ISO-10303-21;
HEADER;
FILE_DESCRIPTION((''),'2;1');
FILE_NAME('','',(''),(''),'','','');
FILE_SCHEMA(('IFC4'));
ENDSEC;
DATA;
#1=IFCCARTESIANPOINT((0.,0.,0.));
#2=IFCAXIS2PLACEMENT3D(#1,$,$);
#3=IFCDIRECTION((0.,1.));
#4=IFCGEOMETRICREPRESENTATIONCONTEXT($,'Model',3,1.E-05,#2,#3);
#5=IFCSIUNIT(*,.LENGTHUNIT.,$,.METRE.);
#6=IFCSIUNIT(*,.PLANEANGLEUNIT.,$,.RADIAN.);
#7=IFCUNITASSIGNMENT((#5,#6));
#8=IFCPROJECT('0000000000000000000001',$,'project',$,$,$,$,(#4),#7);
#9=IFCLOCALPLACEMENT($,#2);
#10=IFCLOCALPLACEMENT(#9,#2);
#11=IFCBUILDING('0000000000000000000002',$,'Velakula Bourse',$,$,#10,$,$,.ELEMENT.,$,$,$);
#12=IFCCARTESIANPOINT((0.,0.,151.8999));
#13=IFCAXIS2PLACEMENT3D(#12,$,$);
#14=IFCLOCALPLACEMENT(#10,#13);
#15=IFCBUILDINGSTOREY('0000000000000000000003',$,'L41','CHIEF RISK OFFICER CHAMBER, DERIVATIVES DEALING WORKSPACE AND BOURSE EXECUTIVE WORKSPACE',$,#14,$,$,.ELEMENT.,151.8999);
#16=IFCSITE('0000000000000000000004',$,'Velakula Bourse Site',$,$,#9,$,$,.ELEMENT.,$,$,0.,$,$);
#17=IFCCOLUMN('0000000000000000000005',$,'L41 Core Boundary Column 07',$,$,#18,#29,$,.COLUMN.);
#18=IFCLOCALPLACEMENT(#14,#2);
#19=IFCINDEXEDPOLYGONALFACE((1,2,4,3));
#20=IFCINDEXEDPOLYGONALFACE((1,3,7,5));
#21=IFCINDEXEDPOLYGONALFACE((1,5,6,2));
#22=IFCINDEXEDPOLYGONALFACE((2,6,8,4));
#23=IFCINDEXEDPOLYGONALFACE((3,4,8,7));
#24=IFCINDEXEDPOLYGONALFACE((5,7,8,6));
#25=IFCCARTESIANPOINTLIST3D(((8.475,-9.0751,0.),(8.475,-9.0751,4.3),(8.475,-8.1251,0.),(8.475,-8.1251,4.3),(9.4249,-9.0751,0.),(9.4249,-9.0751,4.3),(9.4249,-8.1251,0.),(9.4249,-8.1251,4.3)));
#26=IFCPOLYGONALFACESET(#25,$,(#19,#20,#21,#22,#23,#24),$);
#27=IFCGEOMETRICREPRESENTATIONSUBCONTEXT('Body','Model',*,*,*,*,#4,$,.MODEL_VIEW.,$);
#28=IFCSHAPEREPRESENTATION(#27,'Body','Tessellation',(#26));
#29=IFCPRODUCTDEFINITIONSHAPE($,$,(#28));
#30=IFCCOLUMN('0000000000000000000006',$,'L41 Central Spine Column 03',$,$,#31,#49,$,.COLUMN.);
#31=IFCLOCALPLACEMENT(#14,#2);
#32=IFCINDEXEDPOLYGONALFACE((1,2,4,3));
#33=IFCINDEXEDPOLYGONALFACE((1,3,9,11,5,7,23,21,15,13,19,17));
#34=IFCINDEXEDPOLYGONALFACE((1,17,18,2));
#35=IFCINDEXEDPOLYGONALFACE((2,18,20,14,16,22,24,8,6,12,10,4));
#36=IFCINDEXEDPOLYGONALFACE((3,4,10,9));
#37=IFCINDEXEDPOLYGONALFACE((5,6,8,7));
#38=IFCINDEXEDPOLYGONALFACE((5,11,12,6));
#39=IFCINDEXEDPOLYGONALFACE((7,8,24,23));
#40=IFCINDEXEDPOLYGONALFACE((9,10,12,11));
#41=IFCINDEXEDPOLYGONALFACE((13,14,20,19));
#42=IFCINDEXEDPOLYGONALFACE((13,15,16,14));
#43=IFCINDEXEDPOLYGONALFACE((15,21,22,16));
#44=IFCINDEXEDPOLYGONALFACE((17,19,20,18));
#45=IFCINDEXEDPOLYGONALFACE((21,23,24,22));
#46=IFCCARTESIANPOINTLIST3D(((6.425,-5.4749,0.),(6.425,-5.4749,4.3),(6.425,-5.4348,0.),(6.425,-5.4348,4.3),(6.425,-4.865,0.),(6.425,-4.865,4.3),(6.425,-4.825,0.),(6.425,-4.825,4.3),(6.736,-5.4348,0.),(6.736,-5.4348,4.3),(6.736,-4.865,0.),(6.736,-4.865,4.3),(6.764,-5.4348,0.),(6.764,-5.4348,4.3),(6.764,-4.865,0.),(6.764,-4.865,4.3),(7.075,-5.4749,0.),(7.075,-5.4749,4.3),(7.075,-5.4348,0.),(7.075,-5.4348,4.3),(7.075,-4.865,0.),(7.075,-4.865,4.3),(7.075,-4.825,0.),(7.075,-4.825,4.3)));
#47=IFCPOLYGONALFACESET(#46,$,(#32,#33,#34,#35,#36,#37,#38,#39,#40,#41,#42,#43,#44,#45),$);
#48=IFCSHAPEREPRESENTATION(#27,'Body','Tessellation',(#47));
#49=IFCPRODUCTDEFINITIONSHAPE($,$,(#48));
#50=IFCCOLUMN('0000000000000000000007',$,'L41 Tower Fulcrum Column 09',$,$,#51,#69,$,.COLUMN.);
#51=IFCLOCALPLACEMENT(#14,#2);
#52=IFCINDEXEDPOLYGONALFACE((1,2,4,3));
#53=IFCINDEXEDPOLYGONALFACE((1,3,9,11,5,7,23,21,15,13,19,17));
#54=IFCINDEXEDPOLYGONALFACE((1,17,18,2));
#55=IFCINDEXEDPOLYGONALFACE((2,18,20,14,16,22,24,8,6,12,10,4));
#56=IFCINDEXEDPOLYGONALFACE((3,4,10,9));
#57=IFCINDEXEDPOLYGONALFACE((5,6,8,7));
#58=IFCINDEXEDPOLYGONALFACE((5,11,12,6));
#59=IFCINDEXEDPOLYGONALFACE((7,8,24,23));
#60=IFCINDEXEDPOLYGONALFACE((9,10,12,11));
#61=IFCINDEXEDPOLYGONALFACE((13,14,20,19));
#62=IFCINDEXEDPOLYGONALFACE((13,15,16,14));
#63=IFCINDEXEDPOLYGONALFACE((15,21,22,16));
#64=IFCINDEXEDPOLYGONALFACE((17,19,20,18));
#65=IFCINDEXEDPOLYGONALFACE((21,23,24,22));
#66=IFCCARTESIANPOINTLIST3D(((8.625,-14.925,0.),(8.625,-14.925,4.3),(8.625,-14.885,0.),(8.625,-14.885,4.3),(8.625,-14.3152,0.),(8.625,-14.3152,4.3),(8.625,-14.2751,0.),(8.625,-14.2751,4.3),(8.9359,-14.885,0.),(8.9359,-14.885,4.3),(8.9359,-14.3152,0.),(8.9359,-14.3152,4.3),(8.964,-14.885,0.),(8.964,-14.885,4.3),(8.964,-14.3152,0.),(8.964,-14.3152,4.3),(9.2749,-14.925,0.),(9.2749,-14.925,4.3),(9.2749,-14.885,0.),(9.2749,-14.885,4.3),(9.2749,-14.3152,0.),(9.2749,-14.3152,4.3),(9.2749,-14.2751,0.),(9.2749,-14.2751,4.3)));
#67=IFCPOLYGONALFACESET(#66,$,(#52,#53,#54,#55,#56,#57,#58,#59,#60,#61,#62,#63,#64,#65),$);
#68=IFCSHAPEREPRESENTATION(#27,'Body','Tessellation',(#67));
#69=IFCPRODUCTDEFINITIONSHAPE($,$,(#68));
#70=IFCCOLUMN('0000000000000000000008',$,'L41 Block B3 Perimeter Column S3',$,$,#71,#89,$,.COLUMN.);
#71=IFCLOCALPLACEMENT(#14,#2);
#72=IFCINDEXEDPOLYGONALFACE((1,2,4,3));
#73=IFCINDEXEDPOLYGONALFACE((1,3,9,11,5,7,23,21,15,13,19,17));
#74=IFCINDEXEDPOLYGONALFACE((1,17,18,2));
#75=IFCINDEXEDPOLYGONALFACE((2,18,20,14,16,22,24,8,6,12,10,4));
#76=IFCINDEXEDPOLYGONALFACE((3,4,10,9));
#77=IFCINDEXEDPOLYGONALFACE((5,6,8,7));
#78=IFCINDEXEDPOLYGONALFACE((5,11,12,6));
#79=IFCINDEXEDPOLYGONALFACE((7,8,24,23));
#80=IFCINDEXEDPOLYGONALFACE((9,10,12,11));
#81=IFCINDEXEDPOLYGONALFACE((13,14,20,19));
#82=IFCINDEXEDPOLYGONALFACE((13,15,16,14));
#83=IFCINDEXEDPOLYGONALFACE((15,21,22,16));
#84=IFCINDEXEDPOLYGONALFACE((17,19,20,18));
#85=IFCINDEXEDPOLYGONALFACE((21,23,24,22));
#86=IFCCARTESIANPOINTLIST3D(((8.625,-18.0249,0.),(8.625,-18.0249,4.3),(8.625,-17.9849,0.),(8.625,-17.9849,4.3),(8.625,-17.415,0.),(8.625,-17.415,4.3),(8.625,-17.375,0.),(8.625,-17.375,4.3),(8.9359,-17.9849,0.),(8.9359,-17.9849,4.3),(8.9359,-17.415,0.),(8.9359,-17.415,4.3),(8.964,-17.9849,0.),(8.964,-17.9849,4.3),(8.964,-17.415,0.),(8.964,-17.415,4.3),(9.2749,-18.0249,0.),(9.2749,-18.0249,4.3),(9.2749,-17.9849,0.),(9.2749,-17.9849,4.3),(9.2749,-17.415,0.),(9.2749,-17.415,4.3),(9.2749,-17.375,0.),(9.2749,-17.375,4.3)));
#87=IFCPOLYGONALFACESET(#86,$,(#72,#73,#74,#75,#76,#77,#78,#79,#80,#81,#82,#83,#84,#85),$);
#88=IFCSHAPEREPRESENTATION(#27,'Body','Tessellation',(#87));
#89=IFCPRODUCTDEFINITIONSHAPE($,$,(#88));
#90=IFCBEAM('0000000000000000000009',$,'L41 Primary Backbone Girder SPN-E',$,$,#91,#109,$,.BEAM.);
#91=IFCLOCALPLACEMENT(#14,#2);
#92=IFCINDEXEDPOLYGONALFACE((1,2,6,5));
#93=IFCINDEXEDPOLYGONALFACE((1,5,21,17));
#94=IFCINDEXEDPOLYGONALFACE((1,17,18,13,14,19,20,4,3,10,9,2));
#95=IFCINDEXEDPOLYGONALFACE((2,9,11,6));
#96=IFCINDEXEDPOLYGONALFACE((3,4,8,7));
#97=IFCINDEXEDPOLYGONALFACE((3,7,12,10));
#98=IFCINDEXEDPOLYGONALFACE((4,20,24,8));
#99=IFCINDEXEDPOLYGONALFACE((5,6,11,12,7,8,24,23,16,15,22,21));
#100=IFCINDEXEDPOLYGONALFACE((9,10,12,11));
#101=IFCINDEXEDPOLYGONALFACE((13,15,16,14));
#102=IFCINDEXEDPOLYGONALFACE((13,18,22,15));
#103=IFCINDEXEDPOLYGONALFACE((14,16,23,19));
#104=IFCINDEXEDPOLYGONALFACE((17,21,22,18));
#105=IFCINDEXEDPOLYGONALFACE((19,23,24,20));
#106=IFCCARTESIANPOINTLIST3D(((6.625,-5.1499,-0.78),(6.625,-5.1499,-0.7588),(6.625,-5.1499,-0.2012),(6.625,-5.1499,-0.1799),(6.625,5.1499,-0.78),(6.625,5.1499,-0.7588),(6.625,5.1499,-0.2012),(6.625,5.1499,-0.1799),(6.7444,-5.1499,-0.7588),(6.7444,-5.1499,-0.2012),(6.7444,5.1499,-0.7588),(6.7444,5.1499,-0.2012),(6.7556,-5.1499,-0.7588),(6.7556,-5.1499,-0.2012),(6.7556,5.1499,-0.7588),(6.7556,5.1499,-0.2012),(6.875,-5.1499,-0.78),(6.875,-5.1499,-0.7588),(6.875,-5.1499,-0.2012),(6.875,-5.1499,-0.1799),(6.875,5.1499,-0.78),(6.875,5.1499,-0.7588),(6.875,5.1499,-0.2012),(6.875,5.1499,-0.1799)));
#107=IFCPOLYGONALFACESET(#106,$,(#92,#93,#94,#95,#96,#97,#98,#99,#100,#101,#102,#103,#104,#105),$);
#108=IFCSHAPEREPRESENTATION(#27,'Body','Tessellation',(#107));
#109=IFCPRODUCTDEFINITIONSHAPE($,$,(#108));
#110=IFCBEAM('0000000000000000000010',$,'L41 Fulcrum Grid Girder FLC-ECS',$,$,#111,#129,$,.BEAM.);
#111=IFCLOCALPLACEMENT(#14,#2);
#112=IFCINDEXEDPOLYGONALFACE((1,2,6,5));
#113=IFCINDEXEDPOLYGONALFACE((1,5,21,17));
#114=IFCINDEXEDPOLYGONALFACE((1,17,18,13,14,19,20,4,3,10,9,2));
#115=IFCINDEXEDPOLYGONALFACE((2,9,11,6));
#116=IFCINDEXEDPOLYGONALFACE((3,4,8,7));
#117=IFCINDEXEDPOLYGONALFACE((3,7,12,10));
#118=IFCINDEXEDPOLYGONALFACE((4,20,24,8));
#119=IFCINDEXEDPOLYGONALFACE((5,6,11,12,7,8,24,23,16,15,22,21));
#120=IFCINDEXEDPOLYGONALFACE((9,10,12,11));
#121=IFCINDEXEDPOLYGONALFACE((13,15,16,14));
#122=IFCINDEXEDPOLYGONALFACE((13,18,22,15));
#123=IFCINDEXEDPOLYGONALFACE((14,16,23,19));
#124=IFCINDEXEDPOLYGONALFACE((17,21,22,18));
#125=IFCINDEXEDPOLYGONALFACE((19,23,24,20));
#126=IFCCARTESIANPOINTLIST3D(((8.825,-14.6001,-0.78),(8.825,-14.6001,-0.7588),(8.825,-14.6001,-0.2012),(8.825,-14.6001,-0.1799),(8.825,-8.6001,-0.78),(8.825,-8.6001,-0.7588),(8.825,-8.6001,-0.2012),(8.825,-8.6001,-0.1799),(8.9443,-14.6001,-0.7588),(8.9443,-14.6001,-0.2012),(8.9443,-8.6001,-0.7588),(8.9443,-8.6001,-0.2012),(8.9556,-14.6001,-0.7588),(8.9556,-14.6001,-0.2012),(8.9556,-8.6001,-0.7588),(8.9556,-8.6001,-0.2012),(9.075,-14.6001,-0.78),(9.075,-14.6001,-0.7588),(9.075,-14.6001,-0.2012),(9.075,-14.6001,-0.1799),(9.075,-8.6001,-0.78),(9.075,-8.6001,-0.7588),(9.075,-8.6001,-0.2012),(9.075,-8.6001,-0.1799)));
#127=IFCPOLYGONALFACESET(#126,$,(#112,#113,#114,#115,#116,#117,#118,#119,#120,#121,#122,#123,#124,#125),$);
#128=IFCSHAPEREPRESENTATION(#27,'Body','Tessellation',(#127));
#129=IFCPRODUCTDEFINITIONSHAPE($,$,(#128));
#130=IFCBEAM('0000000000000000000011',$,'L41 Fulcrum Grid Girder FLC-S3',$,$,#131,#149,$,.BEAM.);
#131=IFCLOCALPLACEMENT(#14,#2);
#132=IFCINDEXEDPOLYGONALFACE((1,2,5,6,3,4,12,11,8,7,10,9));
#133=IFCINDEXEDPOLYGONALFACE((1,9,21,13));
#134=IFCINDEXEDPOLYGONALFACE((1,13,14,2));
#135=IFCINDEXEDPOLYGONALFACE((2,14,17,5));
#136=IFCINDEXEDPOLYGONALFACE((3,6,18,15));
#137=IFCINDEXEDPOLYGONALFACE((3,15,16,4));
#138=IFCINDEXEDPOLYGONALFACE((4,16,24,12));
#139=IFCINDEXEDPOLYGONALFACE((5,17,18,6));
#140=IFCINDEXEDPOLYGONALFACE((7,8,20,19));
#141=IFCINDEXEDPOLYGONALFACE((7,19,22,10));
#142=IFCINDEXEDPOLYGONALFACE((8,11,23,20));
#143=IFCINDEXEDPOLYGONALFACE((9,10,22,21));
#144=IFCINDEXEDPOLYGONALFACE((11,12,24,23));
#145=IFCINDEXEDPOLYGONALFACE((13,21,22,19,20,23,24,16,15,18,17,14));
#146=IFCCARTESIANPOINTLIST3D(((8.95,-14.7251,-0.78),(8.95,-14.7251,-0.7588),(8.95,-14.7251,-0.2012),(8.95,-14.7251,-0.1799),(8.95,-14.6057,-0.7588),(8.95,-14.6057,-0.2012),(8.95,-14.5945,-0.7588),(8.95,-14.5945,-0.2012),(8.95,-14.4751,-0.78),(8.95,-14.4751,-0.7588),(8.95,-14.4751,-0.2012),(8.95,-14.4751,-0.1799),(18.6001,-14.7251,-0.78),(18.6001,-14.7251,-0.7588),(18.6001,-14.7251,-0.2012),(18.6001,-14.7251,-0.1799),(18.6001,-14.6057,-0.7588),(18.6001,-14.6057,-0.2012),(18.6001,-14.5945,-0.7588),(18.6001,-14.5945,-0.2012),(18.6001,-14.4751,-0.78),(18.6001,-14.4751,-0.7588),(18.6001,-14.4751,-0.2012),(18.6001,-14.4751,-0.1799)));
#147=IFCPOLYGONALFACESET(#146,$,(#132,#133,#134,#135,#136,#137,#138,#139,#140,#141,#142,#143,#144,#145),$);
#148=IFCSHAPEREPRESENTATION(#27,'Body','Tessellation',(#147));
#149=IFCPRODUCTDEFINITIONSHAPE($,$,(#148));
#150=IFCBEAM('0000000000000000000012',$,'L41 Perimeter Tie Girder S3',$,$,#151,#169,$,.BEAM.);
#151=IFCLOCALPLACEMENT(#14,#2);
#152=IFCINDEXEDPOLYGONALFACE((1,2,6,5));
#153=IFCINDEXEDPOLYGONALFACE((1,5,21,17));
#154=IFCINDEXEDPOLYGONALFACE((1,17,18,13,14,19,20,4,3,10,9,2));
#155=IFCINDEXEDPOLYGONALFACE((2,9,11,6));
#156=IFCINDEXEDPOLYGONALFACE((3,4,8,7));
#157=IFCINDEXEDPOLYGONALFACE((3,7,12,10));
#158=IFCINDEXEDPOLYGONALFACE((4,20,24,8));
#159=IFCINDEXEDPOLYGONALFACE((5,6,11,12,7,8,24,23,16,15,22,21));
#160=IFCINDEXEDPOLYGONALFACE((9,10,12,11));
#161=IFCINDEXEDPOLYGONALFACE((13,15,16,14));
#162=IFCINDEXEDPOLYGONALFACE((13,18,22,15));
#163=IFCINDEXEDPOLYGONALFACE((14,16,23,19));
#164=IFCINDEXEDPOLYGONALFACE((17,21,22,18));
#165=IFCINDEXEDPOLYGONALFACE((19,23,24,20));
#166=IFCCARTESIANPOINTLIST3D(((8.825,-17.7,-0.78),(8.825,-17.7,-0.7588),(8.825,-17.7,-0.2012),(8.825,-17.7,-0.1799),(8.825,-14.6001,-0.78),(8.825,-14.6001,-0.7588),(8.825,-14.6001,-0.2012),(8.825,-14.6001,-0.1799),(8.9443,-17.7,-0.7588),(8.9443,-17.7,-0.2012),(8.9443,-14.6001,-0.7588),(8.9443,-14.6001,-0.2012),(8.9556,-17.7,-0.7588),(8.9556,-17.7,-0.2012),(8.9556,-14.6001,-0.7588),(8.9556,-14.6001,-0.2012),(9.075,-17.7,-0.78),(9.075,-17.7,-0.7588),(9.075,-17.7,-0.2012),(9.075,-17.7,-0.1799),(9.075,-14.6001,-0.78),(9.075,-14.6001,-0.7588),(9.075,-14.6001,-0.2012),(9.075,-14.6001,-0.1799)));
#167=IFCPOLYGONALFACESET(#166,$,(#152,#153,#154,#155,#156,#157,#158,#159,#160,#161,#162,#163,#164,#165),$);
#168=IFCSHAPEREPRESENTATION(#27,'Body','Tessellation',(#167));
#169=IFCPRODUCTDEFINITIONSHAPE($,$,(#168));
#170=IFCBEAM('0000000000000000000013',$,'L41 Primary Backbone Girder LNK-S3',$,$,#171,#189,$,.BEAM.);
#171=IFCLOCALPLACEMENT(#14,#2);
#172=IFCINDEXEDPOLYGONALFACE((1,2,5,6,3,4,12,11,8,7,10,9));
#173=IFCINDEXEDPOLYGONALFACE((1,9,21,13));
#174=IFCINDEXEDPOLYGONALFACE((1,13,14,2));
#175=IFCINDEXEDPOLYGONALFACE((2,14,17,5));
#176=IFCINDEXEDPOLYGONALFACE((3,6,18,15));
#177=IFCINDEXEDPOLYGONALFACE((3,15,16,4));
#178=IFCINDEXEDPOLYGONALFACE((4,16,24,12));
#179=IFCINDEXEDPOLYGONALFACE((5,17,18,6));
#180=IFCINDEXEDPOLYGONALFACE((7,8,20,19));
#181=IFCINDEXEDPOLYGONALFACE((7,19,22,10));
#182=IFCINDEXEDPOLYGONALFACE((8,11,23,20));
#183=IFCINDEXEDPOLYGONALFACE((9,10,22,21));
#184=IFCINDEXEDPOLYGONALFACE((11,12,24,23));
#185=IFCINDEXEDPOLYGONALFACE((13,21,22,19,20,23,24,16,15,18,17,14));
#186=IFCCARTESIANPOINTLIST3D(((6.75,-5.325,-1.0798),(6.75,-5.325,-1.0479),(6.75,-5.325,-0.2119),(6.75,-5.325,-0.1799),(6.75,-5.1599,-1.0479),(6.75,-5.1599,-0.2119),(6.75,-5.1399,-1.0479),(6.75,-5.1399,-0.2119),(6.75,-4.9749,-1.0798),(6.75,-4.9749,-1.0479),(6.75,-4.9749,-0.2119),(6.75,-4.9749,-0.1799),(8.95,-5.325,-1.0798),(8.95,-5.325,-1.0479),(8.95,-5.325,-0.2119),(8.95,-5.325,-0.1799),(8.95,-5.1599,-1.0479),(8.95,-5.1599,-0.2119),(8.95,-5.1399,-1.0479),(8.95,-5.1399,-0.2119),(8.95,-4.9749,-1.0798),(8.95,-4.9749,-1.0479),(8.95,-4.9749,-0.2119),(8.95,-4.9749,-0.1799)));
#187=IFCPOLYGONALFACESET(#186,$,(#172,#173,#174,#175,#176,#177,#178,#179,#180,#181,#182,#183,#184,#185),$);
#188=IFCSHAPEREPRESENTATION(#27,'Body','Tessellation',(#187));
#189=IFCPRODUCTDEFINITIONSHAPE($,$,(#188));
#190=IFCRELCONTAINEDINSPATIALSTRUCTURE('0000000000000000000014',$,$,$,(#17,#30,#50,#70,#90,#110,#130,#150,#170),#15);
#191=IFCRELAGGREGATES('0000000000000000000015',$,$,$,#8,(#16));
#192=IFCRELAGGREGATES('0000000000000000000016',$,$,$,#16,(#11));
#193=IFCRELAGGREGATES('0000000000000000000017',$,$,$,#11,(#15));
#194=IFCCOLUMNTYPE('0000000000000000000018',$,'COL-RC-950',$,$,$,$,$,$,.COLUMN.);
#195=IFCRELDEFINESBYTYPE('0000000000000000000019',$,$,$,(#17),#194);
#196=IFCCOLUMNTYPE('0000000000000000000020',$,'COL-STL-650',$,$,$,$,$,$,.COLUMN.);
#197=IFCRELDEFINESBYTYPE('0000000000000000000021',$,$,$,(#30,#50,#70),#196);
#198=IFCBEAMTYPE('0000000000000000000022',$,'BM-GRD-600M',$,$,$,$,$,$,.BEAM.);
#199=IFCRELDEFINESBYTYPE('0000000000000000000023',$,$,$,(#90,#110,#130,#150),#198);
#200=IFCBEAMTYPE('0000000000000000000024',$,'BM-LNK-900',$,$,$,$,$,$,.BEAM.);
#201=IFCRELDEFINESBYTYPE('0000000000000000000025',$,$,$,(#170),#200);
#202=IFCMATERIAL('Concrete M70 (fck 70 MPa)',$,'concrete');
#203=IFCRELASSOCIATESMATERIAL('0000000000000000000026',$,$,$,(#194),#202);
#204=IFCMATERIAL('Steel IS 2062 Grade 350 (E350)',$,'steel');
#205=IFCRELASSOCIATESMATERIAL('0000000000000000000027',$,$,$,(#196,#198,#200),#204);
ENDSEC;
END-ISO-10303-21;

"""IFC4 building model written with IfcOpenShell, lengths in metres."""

from ifc_helpers import new_model, si_unit, direction, frame, origin, origin_2d, place, context, subcontext, project, spatial, rectangle, i_section, extrude, material, material_profile, profile_set, type_object, element, save


model = new_model("IFC4")

# Units and contexts
model_context = context("Model", 3, precision=1e-05, world=origin(), true_north=direction((0.0, 1.0)))
body_context = subcontext(model_context, "Body", "Model", "MODEL_VIEW")
ifc_project = project(units=[si_unit("LENGTHUNIT", "METRE"), si_unit("PLANEANGLEUNIT", "RADIAN")], contexts=[model_context])

# Site, building, storey
site_placement = place(None, origin())
site = spatial("IfcSite", under=ifc_project, at=site_placement, Name="Velakula Bourse Site", CompositionType="ELEMENT", RefElevation=0.0)
building_placement = place(site_placement, origin())
building = spatial("IfcBuilding", under=site, at=building_placement, Name="Velakula Bourse", CompositionType="ELEMENT")
storey_placement = place(building_placement, frame((0.0, 0.0, 151.8999)))
storey = spatial("IfcBuildingStorey", under=building, at=storey_placement, Name="L41", Description="CHIEF RISK OFFICER CHAMBER, DERIVATIVES DEALING WORKSPACE AND BOURSE EXECUTIVE WORKSPACE", CompositionType="ELEMENT", Elevation=151.8999)

# Columns
ifc_material_1 = material(Name="Concrete M70 (fck 70 MPa)", Category="concrete")
ifc_material_profile_1 = material_profile(ifc_material_1, rectangle(XDim=0.95, YDim=0.95, at=origin_2d()), Name="Concrete M70 (fck 70 MPa)")
ifc_profile_set_1 = profile_set([ifc_material_profile_1], Name="Concrete M70 (fck 70 MPa)")
column_type_1 = type_object("IfcColumnType", Name="COL-RC-950", PredefinedType="COLUMN", material=ifc_profile_set_1)
column_placement = place(storey_placement, frame((8.95, -8.6001, 0.0), z_axis=(0.0, 0.0, 1.0), x_axis=(1.0, 0.0, 0.0)))
element("IfcColumn", 1, at=column_placement, inside=storey, type_object=column_type_1, Name="L41 Core Boundary Column 07", PredefinedType="COLUMN", context=body_context, shape_type="SweptSolid", body=[
    extrude(rectangle(XDim=0.95, YDim=0.95, at=origin_2d()), origin(), (0.0, 0.0, 1.0), 4.3),
])
ifc_material_2 = material(Name="Steel IS 2062 Grade 350 (E350)", Category="steel")
ifc_material_profile_2 = material_profile(ifc_material_2, i_section(OverallWidth=0.6499, OverallDepth=0.6499, WebThickness=0.0281, FlangeThickness=0.04, at=origin_2d()), Name="Steel IS 2062 Grade 350 (E350)")
ifc_profile_set_2 = profile_set([ifc_material_profile_2], Name="Steel IS 2062 Grade 350 (E350)")
column_type_2 = type_object("IfcColumnType", Name="COL-STL-650", PredefinedType="COLUMN", material=ifc_profile_set_2)
for number, where, z_axis, x_axis, name in (
    (2, (6.75, -5.1499, 0.0), (0.0, 0.0, 1.0), (1.0, 0.0, 0.0), "L41 Central Spine Column 03"),
    (3, (8.95, -14.6001, 0.0), (0.0, 0.0, 1.0), (1.0, 0.0, 0.0), "L41 Tower Fulcrum Column 09"),
    (4, (8.95, -17.7, 0.0), (0.0, 0.0, 1.0), (1.0, 0.0, 0.0), "L41 Block B3 Perimeter Column S3"),
):
    element("IfcColumn", number, at=place(storey_placement, frame(where, z_axis=z_axis, x_axis=x_axis)), inside=storey, type_object=column_type_2, Name=name, PredefinedType="COLUMN", context=body_context, shape_type="SweptSolid", body=[
        extrude(i_section(OverallWidth=0.6499, OverallDepth=0.6499, WebThickness=0.0281, FlangeThickness=0.04, at=origin_2d()), origin(), (0.0, 0.0, 1.0), 4.3),
    ])

# Beams
ifc_material_profile_3 = material_profile(ifc_material_2, i_section(OverallWidth=0.25, OverallDepth=0.6001, WebThickness=0.0112, FlangeThickness=0.0212, at=origin_2d()), Name="Steel IS 2062 Grade 350 (E350)")
ifc_profile_set_3 = profile_set([ifc_material_profile_3], Name="Steel IS 2062 Grade 350 (E350)")
beam_type_1 = type_object("IfcBeamType", Name="BM-GRD-600M", PredefinedType="BEAM", material=ifc_profile_set_3)
beam_1_placement = place(storey_placement, frame((6.75, -5.1499, -0.48), z_axis=(0.0, 1.0, 0.0), x_axis=(-1.0, 0.0, 0.0)))
element("IfcBeam", 5, at=beam_1_placement, inside=storey, type_object=beam_type_1, Name="L41 Primary Backbone Girder SPN-E", PredefinedType="BEAM", context=body_context, shape_type="SweptSolid", body=[
    extrude(i_section(OverallWidth=0.25, OverallDepth=0.6001, WebThickness=0.0112, FlangeThickness=0.0212, at=origin_2d()), origin(), (0.0, 0.0, 1.0), 10.2998),
])
beam_2_placement = place(storey_placement, frame((8.95, -14.6001, -0.48), z_axis=(0.0, 1.0, 0.0), x_axis=(-1.0, 0.0, 0.0)))
element("IfcBeam", 6, at=beam_2_placement, inside=storey, type_object=beam_type_1, Name="L41 Fulcrum Grid Girder FLC-ECS", PredefinedType="BEAM", context=body_context, shape_type="SweptSolid", body=[
    extrude(i_section(OverallWidth=0.25, OverallDepth=0.6001, WebThickness=0.0112, FlangeThickness=0.0212, at=origin_2d()), origin(), (0.0, 0.0, 1.0), 6.0),
])
beam_3_placement = place(storey_placement, frame((8.95, -14.6001, -0.48), z_axis=(1.0, 0.0, 0.0), x_axis=(0.0, 1.0, 0.0)))
element("IfcBeam", 7, at=beam_3_placement, inside=storey, type_object=beam_type_1, Name="L41 Fulcrum Grid Girder FLC-S3", PredefinedType="BEAM", context=body_context, shape_type="SweptSolid", body=[
    extrude(i_section(OverallWidth=0.25, OverallDepth=0.6001, WebThickness=0.0112, FlangeThickness=0.0212, at=origin_2d()), origin(), (0.0, 0.0, 1.0), 9.6501),
])
beam_4_placement = place(storey_placement, frame((8.95, -14.6001, -0.48), z_axis=(0.0, -1.0, 0.0), x_axis=(1.0, 0.0, 0.0)))
element("IfcBeam", 8, at=beam_4_placement, inside=storey, type_object=beam_type_1, Name="L41 Perimeter Tie Girder S3", PredefinedType="BEAM", context=body_context, shape_type="SweptSolid", body=[
    extrude(i_section(OverallWidth=0.25, OverallDepth=0.6001, WebThickness=0.0112, FlangeThickness=0.0212, at=origin_2d()), origin(), (0.0, 0.0, 1.0), 3.0999),
])
ifc_material_profile_4 = material_profile(ifc_material_2, i_section(OverallWidth=0.3501, OverallDepth=0.8999, WebThickness=0.02, FlangeThickness=0.032, at=origin_2d()), Name="Steel IS 2062 Grade 350 (E350)")
ifc_profile_set_4 = profile_set([ifc_material_profile_4], Name="Steel IS 2062 Grade 350 (E350)")
beam_type_2 = type_object("IfcBeamType", Name="BM-LNK-900", PredefinedType="BEAM", material=ifc_profile_set_4)
beam_5_placement = place(storey_placement, frame((6.75, -5.1499, -0.6299), z_axis=(1.0, 0.0, 0.0), x_axis=(0.0, 1.0, 0.0)))
element("IfcBeam", 9, at=beam_5_placement, inside=storey, type_object=beam_type_2, Name="L41 Primary Backbone Girder LNK-S3", PredefinedType="BEAM", context=body_context, shape_type="SweptSolid", body=[
    extrude(i_section(OverallWidth=0.3501, OverallDepth=0.8999, WebThickness=0.02, FlangeThickness=0.032, at=origin_2d()), origin(), (0.0, 0.0, 1.0), 2.2),
])

save(model, "model.ifc")
